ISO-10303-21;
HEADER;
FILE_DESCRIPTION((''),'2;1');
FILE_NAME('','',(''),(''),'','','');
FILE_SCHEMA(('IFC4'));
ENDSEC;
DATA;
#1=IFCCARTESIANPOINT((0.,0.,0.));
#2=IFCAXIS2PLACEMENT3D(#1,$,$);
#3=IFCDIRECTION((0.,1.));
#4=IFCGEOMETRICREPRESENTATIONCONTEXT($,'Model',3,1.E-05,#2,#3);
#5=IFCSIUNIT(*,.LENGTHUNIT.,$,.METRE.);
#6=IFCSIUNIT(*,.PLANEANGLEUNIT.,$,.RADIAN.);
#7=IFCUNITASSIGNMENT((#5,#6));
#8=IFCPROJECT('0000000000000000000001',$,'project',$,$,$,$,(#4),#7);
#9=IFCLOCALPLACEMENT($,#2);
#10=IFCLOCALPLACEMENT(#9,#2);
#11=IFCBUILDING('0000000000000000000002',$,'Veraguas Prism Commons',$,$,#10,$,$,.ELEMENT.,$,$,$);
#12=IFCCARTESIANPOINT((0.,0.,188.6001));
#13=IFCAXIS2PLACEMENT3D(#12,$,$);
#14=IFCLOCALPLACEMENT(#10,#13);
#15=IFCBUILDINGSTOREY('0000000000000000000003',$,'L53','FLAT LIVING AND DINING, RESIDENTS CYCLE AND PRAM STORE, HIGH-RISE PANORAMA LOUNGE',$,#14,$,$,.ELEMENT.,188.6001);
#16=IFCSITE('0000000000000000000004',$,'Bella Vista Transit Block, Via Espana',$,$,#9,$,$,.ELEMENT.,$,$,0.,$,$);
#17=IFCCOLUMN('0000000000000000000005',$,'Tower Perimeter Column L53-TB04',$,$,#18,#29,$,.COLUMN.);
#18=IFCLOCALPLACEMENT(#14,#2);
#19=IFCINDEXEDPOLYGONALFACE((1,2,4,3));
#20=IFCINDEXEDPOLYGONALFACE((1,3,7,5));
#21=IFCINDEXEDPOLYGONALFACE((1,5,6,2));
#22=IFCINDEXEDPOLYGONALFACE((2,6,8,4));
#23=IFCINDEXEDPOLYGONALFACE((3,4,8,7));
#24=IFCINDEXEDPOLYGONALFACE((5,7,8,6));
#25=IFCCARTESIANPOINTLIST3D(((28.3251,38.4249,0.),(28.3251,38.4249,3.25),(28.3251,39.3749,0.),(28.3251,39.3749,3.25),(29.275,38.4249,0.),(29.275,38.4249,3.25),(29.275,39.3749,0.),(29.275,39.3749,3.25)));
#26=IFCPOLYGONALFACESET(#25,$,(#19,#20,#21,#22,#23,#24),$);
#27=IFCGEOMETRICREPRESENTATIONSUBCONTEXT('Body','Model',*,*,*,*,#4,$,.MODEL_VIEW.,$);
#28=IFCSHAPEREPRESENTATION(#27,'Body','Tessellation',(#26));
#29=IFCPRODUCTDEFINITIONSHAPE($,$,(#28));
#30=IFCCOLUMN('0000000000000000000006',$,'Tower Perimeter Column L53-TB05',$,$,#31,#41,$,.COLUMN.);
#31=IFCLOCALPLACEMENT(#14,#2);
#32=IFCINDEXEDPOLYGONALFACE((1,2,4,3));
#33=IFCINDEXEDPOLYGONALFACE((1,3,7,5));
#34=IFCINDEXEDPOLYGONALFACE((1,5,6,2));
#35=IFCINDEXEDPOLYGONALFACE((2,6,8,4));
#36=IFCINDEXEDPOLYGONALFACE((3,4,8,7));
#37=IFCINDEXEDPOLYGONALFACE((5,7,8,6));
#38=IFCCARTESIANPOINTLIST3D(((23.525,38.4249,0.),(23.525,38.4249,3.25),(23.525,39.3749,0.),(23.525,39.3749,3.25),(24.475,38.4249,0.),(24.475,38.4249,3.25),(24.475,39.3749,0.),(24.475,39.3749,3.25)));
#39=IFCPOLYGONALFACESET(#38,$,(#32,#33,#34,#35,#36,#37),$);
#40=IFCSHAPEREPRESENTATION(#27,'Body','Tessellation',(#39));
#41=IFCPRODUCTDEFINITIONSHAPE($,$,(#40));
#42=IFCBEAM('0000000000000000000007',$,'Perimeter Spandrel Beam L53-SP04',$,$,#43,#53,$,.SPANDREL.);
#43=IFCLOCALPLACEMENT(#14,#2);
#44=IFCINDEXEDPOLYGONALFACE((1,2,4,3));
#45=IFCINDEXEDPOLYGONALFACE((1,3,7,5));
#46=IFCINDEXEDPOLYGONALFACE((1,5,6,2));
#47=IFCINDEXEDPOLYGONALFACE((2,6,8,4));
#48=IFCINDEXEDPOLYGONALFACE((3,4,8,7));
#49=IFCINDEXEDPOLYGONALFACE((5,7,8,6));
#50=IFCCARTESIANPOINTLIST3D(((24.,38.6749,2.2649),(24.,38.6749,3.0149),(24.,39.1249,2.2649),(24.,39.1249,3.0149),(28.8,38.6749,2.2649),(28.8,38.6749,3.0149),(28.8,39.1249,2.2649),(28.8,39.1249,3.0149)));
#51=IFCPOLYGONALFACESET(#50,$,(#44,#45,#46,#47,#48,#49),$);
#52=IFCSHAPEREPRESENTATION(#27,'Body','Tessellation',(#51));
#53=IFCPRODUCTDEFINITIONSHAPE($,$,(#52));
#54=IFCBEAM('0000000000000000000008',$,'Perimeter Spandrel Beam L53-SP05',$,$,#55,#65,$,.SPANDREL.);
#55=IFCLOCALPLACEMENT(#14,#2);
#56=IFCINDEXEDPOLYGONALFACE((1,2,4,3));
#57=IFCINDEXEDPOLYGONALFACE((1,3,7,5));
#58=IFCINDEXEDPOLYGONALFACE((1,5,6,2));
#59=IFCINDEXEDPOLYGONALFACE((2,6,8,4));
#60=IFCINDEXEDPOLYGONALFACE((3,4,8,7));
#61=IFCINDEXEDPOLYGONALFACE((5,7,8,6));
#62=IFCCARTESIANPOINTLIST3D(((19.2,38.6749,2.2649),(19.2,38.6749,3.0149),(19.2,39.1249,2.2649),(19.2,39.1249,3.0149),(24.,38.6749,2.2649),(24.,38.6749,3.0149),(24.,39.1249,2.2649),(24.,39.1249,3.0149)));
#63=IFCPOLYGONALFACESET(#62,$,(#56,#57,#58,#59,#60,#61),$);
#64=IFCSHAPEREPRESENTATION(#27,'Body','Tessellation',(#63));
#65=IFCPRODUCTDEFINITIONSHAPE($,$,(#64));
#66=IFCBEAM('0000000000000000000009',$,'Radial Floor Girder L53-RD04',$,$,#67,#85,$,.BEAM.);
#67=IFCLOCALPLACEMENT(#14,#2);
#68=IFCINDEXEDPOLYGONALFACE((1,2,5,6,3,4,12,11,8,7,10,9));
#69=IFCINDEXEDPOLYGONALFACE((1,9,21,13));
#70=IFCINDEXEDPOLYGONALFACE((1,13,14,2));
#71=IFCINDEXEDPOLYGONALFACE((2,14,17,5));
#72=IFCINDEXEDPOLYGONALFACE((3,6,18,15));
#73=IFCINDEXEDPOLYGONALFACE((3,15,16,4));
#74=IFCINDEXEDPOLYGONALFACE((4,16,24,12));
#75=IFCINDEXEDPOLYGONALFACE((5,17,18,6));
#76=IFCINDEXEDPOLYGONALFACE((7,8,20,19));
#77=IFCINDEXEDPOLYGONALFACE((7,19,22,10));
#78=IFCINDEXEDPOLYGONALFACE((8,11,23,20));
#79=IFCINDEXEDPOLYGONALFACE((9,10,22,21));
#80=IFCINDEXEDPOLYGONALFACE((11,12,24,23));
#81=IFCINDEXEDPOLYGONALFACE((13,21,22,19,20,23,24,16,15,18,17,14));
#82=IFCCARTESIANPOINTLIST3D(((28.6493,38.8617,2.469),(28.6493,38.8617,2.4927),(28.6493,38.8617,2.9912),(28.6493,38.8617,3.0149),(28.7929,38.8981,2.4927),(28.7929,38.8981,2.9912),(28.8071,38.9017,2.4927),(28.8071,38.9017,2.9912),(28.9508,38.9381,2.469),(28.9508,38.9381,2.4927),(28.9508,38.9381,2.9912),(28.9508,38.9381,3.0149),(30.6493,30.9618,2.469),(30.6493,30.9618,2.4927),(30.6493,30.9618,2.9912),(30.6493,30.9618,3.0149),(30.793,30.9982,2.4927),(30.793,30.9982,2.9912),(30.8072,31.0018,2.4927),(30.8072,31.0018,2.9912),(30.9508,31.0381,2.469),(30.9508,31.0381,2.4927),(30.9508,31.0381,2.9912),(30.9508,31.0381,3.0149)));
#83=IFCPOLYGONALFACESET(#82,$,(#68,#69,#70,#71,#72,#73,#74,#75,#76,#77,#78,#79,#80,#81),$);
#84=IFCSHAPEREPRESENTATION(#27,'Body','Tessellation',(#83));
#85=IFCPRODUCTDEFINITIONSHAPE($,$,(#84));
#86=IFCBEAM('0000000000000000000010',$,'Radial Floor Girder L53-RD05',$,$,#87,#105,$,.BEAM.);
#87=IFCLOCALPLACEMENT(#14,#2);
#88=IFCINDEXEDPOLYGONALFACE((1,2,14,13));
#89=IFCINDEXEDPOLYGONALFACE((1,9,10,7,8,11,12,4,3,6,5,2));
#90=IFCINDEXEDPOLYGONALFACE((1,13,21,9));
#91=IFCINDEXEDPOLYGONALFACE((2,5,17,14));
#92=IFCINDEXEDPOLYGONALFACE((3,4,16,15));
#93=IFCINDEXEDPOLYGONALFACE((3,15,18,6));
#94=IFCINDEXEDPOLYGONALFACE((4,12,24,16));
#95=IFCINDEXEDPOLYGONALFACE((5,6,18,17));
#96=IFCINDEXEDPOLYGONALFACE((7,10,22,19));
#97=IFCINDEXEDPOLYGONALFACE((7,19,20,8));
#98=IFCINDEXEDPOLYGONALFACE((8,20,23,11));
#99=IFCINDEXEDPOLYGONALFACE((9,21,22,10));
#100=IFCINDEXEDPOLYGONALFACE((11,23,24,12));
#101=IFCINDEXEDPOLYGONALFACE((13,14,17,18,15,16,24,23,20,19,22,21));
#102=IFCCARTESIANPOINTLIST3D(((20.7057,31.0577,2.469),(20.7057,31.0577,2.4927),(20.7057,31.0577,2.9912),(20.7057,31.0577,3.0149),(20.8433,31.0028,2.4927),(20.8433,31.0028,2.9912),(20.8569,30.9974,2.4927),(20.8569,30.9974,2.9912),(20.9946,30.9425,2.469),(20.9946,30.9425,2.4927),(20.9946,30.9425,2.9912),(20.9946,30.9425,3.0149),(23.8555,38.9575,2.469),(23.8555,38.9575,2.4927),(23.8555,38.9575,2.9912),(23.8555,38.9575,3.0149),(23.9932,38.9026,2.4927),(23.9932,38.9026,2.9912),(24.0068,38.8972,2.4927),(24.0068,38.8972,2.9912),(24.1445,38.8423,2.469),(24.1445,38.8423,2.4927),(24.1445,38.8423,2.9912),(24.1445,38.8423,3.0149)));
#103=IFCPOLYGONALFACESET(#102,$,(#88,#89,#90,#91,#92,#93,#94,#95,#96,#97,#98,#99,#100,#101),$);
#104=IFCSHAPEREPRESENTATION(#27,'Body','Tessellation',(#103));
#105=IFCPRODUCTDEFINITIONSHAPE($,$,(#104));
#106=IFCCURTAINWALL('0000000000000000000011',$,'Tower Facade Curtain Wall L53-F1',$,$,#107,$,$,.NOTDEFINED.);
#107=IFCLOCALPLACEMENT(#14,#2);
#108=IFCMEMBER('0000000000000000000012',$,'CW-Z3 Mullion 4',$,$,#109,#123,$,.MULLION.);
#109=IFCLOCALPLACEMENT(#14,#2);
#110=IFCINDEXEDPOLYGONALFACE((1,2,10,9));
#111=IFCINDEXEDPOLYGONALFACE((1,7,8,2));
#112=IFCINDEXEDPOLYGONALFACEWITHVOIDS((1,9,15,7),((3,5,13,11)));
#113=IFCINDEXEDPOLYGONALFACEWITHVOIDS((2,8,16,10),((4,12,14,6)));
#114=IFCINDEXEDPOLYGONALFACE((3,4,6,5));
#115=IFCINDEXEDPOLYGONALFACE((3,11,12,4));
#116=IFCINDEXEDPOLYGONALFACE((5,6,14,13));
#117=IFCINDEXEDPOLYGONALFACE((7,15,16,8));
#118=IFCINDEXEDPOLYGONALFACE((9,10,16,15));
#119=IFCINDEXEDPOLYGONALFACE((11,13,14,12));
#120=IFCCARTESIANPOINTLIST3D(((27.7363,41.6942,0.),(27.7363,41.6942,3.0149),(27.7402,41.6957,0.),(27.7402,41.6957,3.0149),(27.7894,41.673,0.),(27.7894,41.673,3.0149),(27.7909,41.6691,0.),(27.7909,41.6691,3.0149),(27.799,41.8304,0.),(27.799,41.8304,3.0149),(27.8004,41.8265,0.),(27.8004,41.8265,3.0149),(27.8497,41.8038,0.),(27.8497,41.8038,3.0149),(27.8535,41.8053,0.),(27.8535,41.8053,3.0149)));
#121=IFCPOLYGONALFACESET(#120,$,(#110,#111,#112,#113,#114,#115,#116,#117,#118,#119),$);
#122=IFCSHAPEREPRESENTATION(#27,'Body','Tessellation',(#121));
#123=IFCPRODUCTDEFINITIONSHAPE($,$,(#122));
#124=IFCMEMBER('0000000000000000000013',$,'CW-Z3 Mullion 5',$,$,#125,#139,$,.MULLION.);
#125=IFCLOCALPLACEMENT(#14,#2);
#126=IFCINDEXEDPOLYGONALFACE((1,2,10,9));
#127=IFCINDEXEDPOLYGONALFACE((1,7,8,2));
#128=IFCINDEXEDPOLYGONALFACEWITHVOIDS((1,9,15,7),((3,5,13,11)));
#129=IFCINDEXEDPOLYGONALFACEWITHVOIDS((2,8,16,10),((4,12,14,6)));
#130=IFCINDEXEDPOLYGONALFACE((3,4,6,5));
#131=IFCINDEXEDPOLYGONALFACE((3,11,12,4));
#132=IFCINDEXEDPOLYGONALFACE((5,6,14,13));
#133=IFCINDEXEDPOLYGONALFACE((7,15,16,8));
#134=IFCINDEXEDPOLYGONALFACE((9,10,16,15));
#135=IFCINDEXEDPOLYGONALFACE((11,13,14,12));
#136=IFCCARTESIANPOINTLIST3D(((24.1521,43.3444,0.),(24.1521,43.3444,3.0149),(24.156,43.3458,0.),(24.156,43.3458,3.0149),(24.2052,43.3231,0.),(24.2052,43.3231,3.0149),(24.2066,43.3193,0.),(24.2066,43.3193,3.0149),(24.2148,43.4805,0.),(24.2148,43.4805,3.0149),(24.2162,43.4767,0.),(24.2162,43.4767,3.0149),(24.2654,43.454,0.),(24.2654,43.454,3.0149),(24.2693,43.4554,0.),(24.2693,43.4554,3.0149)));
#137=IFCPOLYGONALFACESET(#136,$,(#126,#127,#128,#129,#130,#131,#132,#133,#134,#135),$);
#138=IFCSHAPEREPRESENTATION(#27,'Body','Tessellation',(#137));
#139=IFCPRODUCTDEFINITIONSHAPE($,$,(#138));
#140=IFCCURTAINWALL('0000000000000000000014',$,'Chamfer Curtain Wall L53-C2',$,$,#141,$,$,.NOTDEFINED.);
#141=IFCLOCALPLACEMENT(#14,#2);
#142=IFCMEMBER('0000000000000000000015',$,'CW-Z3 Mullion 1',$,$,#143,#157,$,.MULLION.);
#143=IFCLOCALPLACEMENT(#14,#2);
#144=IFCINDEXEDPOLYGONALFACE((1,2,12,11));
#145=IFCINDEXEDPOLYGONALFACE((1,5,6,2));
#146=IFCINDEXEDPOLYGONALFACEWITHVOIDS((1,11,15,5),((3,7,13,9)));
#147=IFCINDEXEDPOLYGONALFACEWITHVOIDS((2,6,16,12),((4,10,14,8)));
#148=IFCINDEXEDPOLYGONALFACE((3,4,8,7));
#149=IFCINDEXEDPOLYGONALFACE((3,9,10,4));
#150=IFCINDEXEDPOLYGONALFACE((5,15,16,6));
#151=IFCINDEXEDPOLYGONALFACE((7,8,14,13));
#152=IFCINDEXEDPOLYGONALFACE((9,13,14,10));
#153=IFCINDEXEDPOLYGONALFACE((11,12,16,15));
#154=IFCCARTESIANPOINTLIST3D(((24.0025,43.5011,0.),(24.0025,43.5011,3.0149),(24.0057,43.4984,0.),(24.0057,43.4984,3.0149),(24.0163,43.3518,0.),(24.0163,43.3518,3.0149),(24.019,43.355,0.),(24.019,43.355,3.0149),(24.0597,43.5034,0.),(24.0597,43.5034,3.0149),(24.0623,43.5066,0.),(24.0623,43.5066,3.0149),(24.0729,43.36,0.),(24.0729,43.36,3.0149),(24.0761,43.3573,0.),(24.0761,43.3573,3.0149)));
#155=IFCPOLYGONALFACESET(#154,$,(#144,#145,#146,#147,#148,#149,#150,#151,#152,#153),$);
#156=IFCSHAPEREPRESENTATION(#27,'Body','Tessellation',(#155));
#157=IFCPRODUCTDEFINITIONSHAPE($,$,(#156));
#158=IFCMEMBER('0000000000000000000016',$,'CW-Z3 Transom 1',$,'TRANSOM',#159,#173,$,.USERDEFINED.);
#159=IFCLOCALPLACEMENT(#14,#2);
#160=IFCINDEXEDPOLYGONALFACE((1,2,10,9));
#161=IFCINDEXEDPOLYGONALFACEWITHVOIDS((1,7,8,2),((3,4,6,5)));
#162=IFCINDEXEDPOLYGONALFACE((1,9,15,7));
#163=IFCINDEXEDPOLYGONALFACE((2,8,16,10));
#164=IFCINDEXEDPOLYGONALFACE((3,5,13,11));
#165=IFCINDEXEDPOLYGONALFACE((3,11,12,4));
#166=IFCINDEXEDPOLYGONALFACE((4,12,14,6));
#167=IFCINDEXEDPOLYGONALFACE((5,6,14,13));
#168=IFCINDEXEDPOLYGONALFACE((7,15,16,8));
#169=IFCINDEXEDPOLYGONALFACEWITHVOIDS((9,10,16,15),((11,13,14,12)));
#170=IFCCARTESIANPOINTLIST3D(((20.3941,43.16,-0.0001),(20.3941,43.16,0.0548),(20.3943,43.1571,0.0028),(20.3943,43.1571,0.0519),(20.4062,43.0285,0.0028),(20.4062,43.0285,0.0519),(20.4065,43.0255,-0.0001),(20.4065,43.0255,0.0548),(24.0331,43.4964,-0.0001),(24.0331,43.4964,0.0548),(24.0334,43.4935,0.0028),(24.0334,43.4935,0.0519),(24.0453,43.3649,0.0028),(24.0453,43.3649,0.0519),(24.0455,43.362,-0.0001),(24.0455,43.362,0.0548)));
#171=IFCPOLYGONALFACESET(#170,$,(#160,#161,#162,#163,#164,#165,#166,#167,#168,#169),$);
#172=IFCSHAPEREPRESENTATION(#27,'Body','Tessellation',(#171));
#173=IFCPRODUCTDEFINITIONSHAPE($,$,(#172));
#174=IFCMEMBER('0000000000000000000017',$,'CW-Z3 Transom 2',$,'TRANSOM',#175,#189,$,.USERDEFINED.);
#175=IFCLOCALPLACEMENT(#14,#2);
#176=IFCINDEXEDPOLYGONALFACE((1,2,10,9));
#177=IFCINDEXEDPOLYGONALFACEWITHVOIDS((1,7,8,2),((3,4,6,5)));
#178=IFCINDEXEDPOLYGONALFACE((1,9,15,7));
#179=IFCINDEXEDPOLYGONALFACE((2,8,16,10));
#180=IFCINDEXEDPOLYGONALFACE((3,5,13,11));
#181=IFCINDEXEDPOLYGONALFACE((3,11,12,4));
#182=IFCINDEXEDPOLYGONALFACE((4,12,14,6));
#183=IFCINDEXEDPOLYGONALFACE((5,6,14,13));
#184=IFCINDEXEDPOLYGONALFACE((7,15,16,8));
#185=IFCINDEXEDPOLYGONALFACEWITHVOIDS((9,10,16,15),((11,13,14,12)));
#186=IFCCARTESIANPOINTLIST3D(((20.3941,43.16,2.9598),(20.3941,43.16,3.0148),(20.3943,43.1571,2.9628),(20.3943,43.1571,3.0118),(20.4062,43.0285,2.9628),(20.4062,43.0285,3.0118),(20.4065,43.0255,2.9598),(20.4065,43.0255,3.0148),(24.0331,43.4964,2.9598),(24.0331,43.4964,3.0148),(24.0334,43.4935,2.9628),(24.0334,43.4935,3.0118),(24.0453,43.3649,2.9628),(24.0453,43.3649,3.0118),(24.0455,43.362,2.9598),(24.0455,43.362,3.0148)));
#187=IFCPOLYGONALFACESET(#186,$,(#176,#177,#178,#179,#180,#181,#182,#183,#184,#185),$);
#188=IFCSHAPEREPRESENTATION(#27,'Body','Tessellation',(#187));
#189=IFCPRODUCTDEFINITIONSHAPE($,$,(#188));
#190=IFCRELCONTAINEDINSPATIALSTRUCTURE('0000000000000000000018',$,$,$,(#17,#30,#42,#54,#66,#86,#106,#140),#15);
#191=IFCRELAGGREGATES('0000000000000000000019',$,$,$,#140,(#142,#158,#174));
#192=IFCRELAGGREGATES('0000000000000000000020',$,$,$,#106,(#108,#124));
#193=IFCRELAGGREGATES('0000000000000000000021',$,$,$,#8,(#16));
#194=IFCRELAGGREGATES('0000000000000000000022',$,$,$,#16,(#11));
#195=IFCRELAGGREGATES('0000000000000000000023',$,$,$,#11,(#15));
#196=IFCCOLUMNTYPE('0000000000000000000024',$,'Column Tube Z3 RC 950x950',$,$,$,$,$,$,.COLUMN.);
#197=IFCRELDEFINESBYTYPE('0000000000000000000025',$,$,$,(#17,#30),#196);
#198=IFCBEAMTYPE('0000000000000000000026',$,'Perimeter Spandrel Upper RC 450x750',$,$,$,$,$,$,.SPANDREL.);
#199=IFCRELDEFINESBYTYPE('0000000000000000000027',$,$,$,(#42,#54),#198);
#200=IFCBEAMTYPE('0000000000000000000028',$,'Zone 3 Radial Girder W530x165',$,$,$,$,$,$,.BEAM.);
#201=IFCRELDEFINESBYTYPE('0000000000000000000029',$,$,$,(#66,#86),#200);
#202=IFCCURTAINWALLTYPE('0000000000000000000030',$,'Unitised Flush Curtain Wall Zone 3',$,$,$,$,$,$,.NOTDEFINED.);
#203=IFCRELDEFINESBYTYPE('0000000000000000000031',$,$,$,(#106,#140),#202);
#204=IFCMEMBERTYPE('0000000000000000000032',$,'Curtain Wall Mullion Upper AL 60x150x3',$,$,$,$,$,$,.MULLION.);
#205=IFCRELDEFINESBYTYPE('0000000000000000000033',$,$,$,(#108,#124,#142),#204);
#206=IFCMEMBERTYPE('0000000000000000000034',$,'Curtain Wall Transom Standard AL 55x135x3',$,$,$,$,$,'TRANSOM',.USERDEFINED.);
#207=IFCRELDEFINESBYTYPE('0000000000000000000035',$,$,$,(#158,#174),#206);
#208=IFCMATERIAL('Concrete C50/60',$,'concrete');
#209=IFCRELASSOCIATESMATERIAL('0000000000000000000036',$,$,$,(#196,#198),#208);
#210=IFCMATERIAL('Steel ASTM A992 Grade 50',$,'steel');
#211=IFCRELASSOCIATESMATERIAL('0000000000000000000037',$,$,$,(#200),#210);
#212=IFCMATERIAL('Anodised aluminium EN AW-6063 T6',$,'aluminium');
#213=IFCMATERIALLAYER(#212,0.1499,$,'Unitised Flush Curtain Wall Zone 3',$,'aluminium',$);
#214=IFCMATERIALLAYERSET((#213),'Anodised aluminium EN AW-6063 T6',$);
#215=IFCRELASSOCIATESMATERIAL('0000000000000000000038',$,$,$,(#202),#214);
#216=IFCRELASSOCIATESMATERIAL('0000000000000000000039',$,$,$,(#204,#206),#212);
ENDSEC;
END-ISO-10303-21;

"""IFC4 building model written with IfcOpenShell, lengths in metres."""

from ifc_helpers import new_model, si_unit, direction, frame, origin, origin_2d, place, context, subcontext, project, spatial, rectangle, hollow_rectangle, i_section, extrude, source, transform, mapped, material, layer, layer_set, material_profile, profile_set, type_object, element, aggregate, save


model = new_model("IFC4")

# Units and contexts
model_context = context("Model", 3, precision=1e-05, world=origin(), true_north=direction((0.0, 1.0)))
body_context = subcontext(model_context, "Body", "Model", "MODEL_VIEW")
ifc_project = project(units=[si_unit("LENGTHUNIT", "METRE"), si_unit("PLANEANGLEUNIT", "RADIAN")], contexts=[model_context])

# Site, building, storey
site_placement = place(None, origin())
site = spatial("IfcSite", under=ifc_project, at=site_placement, Name="Bella Vista Transit Block, Via Espana", CompositionType="ELEMENT", RefElevation=0.0)
building_placement = place(site_placement, origin())
building = spatial("IfcBuilding", under=site, at=building_placement, Name="Veraguas Prism Commons", CompositionType="ELEMENT")
storey_placement = place(building_placement, frame((0.0, 0.0, 188.6001)))
storey = spatial("IfcBuildingStorey", under=building, at=storey_placement, Name="L53", Description="FLAT LIVING AND DINING, RESIDENTS CYCLE AND PRAM STORE, HIGH-RISE PANORAMA LOUNGE", CompositionType="ELEMENT", Elevation=188.6001)

# Columns
ifc_material_1 = material(Name="Concrete C50/60", Category="concrete")
ifc_material_profile_1 = material_profile(ifc_material_1, rectangle(XDim=0.95, YDim=0.95, at=origin_2d()), Name="RC950X950")
ifc_profile_set_1 = profile_set([ifc_material_profile_1], Name="Concrete C50/60")
column_type = type_object("IfcColumnType", Name="Column Tube Z3 RC 950x950", PredefinedType="COLUMN", material=ifc_profile_set_1)
for number, where, z_axis, x_axis, name in (
    (1, (28.8, 38.8999, 0.0), (0.0, 0.0, 1.0), (1.0, 0.0, 0.0), "Tower Perimeter Column L53-TB04"),
    (2, (24.0, 38.8999, 0.0), (0.0, 0.0, 1.0), (1.0, 0.0, 0.0), "Tower Perimeter Column L53-TB05"),
):
    element("IfcColumn", number, at=place(storey_placement, frame(where, z_axis=z_axis, x_axis=x_axis)), inside=storey, type_object=column_type, Name=name, PredefinedType="COLUMN", context=body_context, shape_type="SweptSolid", body=[
        extrude(rectangle(XDim=0.95, YDim=0.95, at=origin_2d()), origin(), (0.0, 0.0, 1.0), 3.25),
    ])

# Beams
ifc_material_profile_2 = material_profile(ifc_material_1, rectangle(XDim=0.45, YDim=0.75, at=origin_2d()), Name="RC450X750")
ifc_profile_set_2 = profile_set([ifc_material_profile_2], Name="Concrete C50/60")
beam_type_1 = type_object("IfcBeamType", Name="Perimeter Spandrel Upper RC 450x750", PredefinedType="SPANDREL", material=ifc_profile_set_2)
for number, where, z_axis, x_axis, name in (
    (3, (28.8, 38.8999, 2.6399), (-1.0, 0.0, 0.0), (0.0, -1.0, 0.0), "Perimeter Spandrel Beam L53-SP04"),
    (4, (24.0, 38.8999, 2.6399), (-1.0, 0.0, 0.0), (0.0, -1.0, 0.0), "Perimeter Spandrel Beam L53-SP05"),
):
    element("IfcBeam", number, at=place(storey_placement, frame(where, z_axis=z_axis, x_axis=x_axis)), inside=storey, type_object=beam_type_1, Name=name, PredefinedType="SPANDREL", context=body_context, shape_type="SweptSolid", body=[
        extrude(rectangle(XDim=0.45, YDim=0.75, at=origin_2d()), origin(), (0.0, 0.0, 1.0), 4.8),
    ])
ifc_material_2 = material(Name="Steel ASTM A992 Grade 50", Category="steel")
ifc_material_profile_3 = material_profile(ifc_material_2, i_section(OverallWidth=0.311, OverallDepth=0.5459, WebThickness=0.0146, FlangeThickness=0.0237, at=origin_2d()), Name="W530X165")
ifc_profile_set_3 = profile_set([ifc_material_profile_3], Name="Steel ASTM A992 Grade 50")
beam_type_2 = type_object("IfcBeamType", Name="Zone 3 Radial Girder W530x165", PredefinedType="BEAM", material=ifc_profile_set_3)
beam_1_placement = place(storey_placement, frame((28.8, 38.8999, 2.7419), z_axis=(0.245425, -0.969416, 0.0), x_axis=(0.969416, 0.245425, 0.0)))
element("IfcBeam", 5, at=beam_1_placement, inside=storey, type_object=beam_type_2, Name="Radial Floor Girder L53-RD04", PredefinedType="BEAM", context=body_context, shape_type="SweptSolid", body=[
    extrude(i_section(OverallWidth=0.311, OverallDepth=0.5459, WebThickness=0.0146, FlangeThickness=0.0237, at=origin_2d()), origin(), (0.0, 0.0, 1.0), 8.1492),
])
beam_2_placement = place(storey_placement, frame((24.0, 38.8999, 2.7419), z_axis=(-0.370371, -0.928884, 0.0), x_axis=(0.928884, -0.370371, 0.0)))
element("IfcBeam", 6, at=beam_2_placement, inside=storey, type_object=beam_type_2, Name="Radial Floor Girder L53-RD05", PredefinedType="BEAM", context=body_context, shape_type="SweptSolid", body=[
    extrude(i_section(OverallWidth=0.311, OverallDepth=0.5459, WebThickness=0.0146, FlangeThickness=0.0237, at=origin_2d()), origin(), (0.0, 0.0, 1.0), 8.5046),
])

# Curtain walls, members
ifc_material_3 = material(Name="Anodised aluminium EN AW-6063 T6", Category="aluminium")
ifc_layer_1 = layer(ifc_material_3, 0.1499, Name="Unitised Flush Curtain Wall Zone 3", Category="aluminium")
ifc_layer_set_1 = layer_set([ifc_layer_1], Name="Anodised aluminium EN AW-6063 T6")
curtain_wall_type = type_object("IfcCurtainWallType", Name="Unitised Flush Curtain Wall Zone 3", PredefinedType="NOTDEFINED", material=ifc_layer_set_1)
curtain_wall_1_placement = place(storey_placement, origin())
curtain_wall_1 = element("IfcCurtainWall", 7, at=curtain_wall_1_placement, inside=storey, type_object=curtain_wall_type, Name="Tower Facade Curtain Wall L53-F1", PredefinedType="NOTDEFINED")
ifc_material_profile_4 = material_profile(ifc_material_3, hollow_rectangle(XDim=0.0601, YDim=0.1499, WallThickness=0.0029, at=origin_2d()), Name="AL60X150X3")
ifc_profile_set_4 = profile_set([ifc_material_profile_4], Name="Anodised aluminium EN AW-6063 T6")
member_type_1 = type_object("IfcMemberType", Name="Curtain Wall Mullion Upper AL 60x150x3", PredefinedType="MULLION", material=ifc_profile_set_4)
shared_shape_1 = source(origin(), body_context, "Body", "SweptSolid", [
    extrude(hollow_rectangle(XDim=0.0601, YDim=0.1499, WallThickness=0.0029, at=origin_2d()), origin(), (0.0, 0.0, 1.0), 3.0149),
])
member_1_placement = place(storey_placement, frame((27.7949, 41.7498, 0.0), z_axis=(0.0, 0.0, 1.0), x_axis=(-0.908362, 0.418186, 0.0)))
member_1 = element("IfcMember", 8, at=member_1_placement, type_object=member_type_1, Name="CW-Z3 Mullion 4", PredefinedType="MULLION", context=body_context, shape_type="MappedRepresentation", body=[
    mapped(shared_shape_1, transform((0.0, 0.0, 0.0), scale=1.0)),
])
member_2_placement = place(storey_placement, frame((24.2107, 43.3999, 0.0), z_axis=(0.0, 0.0, 1.0), x_axis=(-0.908362, 0.418186, 0.0)))
member_2 = element("IfcMember", 9, at=member_2_placement, type_object=member_type_1, Name="CW-Z3 Mullion 5", PredefinedType="MULLION", context=body_context, shape_type="MappedRepresentation", body=[
    mapped(shared_shape_1, transform((0.0, 0.0, 0.0), scale=1.0)),
])
curtain_wall_2_placement = place(storey_placement, origin())
curtain_wall_2 = element("IfcCurtainWall", 10, at=curtain_wall_2_placement, inside=storey, type_object=curtain_wall_type, Name="Chamfer Curtain Wall L53-C2", PredefinedType="NOTDEFINED")
member_3_placement = place(storey_placement, frame((24.0393, 43.4292, 0.0), z_axis=(0.0, 0.0, 1.0), x_axis=(-0.995755, -0.092046, 0.0)))
member_3 = element("IfcMember", 11, at=member_3_placement, type_object=member_type_1, Name="CW-Z3 Mullion 1", PredefinedType="MULLION", context=body_context, shape_type="MappedRepresentation", body=[
    mapped(shared_shape_1, transform((0.0, 0.0, 0.0), scale=1.0)),
])
ifc_material_profile_5 = material_profile(ifc_material_3, hollow_rectangle(XDim=0.0549, YDim=0.135, WallThickness=0.0029, at=origin_2d()), Name="AL55X135X3")
ifc_profile_set_5 = profile_set([ifc_material_profile_5], Name="Anodised aluminium EN AW-6063 T6")
member_type_2 = type_object("IfcMemberType", Name="Curtain Wall Transom Standard AL 55x135x3", ElementType="TRANSOM", PredefinedType="USERDEFINED", material=ifc_profile_set_5)
shared_shape_2 = source(origin(), body_context, "Body", "SweptSolid", [
    extrude(hollow_rectangle(XDim=0.0549, YDim=0.135, WallThickness=0.0029, at=origin_2d()), origin(), (0.0, 0.0, 1.0), 3.6545),
])
member_4_placement = place(storey_placement, frame((24.0393, 43.4292, 0.0273), z_axis=(-0.995753, -0.09206, 0.0), x_axis=(0.0, 0.0, 1.0)))
member_4 = element("IfcMember", 12, at=member_4_placement, type_object=member_type_2, Name="CW-Z3 Transom 1", ObjectType="TRANSOM", PredefinedType="USERDEFINED", context=body_context, shape_type="MappedRepresentation", body=[
    mapped(shared_shape_2, transform((0.0, 0.0, 0.0), scale=1.0)),
])
member_5_placement = place(storey_placement, frame((24.0393, 43.4292, 2.9873), z_axis=(-0.995753, -0.09206, 0.0), x_axis=(0.0, 0.0, 1.0)))
member_5 = element("IfcMember", 13, at=member_5_placement, type_object=member_type_2, Name="CW-Z3 Transom 2", ObjectType="TRANSOM", PredefinedType="USERDEFINED", context=body_context, shape_type="MappedRepresentation", body=[
    mapped(shared_shape_2, transform((0.0, 0.0, 0.0), scale=1.0)),
])
aggregate(curtain_wall_2, [member_3, member_4, member_5])

aggregate(curtain_wall_1, [member_1, member_2])

save(model, "model.ifc")
